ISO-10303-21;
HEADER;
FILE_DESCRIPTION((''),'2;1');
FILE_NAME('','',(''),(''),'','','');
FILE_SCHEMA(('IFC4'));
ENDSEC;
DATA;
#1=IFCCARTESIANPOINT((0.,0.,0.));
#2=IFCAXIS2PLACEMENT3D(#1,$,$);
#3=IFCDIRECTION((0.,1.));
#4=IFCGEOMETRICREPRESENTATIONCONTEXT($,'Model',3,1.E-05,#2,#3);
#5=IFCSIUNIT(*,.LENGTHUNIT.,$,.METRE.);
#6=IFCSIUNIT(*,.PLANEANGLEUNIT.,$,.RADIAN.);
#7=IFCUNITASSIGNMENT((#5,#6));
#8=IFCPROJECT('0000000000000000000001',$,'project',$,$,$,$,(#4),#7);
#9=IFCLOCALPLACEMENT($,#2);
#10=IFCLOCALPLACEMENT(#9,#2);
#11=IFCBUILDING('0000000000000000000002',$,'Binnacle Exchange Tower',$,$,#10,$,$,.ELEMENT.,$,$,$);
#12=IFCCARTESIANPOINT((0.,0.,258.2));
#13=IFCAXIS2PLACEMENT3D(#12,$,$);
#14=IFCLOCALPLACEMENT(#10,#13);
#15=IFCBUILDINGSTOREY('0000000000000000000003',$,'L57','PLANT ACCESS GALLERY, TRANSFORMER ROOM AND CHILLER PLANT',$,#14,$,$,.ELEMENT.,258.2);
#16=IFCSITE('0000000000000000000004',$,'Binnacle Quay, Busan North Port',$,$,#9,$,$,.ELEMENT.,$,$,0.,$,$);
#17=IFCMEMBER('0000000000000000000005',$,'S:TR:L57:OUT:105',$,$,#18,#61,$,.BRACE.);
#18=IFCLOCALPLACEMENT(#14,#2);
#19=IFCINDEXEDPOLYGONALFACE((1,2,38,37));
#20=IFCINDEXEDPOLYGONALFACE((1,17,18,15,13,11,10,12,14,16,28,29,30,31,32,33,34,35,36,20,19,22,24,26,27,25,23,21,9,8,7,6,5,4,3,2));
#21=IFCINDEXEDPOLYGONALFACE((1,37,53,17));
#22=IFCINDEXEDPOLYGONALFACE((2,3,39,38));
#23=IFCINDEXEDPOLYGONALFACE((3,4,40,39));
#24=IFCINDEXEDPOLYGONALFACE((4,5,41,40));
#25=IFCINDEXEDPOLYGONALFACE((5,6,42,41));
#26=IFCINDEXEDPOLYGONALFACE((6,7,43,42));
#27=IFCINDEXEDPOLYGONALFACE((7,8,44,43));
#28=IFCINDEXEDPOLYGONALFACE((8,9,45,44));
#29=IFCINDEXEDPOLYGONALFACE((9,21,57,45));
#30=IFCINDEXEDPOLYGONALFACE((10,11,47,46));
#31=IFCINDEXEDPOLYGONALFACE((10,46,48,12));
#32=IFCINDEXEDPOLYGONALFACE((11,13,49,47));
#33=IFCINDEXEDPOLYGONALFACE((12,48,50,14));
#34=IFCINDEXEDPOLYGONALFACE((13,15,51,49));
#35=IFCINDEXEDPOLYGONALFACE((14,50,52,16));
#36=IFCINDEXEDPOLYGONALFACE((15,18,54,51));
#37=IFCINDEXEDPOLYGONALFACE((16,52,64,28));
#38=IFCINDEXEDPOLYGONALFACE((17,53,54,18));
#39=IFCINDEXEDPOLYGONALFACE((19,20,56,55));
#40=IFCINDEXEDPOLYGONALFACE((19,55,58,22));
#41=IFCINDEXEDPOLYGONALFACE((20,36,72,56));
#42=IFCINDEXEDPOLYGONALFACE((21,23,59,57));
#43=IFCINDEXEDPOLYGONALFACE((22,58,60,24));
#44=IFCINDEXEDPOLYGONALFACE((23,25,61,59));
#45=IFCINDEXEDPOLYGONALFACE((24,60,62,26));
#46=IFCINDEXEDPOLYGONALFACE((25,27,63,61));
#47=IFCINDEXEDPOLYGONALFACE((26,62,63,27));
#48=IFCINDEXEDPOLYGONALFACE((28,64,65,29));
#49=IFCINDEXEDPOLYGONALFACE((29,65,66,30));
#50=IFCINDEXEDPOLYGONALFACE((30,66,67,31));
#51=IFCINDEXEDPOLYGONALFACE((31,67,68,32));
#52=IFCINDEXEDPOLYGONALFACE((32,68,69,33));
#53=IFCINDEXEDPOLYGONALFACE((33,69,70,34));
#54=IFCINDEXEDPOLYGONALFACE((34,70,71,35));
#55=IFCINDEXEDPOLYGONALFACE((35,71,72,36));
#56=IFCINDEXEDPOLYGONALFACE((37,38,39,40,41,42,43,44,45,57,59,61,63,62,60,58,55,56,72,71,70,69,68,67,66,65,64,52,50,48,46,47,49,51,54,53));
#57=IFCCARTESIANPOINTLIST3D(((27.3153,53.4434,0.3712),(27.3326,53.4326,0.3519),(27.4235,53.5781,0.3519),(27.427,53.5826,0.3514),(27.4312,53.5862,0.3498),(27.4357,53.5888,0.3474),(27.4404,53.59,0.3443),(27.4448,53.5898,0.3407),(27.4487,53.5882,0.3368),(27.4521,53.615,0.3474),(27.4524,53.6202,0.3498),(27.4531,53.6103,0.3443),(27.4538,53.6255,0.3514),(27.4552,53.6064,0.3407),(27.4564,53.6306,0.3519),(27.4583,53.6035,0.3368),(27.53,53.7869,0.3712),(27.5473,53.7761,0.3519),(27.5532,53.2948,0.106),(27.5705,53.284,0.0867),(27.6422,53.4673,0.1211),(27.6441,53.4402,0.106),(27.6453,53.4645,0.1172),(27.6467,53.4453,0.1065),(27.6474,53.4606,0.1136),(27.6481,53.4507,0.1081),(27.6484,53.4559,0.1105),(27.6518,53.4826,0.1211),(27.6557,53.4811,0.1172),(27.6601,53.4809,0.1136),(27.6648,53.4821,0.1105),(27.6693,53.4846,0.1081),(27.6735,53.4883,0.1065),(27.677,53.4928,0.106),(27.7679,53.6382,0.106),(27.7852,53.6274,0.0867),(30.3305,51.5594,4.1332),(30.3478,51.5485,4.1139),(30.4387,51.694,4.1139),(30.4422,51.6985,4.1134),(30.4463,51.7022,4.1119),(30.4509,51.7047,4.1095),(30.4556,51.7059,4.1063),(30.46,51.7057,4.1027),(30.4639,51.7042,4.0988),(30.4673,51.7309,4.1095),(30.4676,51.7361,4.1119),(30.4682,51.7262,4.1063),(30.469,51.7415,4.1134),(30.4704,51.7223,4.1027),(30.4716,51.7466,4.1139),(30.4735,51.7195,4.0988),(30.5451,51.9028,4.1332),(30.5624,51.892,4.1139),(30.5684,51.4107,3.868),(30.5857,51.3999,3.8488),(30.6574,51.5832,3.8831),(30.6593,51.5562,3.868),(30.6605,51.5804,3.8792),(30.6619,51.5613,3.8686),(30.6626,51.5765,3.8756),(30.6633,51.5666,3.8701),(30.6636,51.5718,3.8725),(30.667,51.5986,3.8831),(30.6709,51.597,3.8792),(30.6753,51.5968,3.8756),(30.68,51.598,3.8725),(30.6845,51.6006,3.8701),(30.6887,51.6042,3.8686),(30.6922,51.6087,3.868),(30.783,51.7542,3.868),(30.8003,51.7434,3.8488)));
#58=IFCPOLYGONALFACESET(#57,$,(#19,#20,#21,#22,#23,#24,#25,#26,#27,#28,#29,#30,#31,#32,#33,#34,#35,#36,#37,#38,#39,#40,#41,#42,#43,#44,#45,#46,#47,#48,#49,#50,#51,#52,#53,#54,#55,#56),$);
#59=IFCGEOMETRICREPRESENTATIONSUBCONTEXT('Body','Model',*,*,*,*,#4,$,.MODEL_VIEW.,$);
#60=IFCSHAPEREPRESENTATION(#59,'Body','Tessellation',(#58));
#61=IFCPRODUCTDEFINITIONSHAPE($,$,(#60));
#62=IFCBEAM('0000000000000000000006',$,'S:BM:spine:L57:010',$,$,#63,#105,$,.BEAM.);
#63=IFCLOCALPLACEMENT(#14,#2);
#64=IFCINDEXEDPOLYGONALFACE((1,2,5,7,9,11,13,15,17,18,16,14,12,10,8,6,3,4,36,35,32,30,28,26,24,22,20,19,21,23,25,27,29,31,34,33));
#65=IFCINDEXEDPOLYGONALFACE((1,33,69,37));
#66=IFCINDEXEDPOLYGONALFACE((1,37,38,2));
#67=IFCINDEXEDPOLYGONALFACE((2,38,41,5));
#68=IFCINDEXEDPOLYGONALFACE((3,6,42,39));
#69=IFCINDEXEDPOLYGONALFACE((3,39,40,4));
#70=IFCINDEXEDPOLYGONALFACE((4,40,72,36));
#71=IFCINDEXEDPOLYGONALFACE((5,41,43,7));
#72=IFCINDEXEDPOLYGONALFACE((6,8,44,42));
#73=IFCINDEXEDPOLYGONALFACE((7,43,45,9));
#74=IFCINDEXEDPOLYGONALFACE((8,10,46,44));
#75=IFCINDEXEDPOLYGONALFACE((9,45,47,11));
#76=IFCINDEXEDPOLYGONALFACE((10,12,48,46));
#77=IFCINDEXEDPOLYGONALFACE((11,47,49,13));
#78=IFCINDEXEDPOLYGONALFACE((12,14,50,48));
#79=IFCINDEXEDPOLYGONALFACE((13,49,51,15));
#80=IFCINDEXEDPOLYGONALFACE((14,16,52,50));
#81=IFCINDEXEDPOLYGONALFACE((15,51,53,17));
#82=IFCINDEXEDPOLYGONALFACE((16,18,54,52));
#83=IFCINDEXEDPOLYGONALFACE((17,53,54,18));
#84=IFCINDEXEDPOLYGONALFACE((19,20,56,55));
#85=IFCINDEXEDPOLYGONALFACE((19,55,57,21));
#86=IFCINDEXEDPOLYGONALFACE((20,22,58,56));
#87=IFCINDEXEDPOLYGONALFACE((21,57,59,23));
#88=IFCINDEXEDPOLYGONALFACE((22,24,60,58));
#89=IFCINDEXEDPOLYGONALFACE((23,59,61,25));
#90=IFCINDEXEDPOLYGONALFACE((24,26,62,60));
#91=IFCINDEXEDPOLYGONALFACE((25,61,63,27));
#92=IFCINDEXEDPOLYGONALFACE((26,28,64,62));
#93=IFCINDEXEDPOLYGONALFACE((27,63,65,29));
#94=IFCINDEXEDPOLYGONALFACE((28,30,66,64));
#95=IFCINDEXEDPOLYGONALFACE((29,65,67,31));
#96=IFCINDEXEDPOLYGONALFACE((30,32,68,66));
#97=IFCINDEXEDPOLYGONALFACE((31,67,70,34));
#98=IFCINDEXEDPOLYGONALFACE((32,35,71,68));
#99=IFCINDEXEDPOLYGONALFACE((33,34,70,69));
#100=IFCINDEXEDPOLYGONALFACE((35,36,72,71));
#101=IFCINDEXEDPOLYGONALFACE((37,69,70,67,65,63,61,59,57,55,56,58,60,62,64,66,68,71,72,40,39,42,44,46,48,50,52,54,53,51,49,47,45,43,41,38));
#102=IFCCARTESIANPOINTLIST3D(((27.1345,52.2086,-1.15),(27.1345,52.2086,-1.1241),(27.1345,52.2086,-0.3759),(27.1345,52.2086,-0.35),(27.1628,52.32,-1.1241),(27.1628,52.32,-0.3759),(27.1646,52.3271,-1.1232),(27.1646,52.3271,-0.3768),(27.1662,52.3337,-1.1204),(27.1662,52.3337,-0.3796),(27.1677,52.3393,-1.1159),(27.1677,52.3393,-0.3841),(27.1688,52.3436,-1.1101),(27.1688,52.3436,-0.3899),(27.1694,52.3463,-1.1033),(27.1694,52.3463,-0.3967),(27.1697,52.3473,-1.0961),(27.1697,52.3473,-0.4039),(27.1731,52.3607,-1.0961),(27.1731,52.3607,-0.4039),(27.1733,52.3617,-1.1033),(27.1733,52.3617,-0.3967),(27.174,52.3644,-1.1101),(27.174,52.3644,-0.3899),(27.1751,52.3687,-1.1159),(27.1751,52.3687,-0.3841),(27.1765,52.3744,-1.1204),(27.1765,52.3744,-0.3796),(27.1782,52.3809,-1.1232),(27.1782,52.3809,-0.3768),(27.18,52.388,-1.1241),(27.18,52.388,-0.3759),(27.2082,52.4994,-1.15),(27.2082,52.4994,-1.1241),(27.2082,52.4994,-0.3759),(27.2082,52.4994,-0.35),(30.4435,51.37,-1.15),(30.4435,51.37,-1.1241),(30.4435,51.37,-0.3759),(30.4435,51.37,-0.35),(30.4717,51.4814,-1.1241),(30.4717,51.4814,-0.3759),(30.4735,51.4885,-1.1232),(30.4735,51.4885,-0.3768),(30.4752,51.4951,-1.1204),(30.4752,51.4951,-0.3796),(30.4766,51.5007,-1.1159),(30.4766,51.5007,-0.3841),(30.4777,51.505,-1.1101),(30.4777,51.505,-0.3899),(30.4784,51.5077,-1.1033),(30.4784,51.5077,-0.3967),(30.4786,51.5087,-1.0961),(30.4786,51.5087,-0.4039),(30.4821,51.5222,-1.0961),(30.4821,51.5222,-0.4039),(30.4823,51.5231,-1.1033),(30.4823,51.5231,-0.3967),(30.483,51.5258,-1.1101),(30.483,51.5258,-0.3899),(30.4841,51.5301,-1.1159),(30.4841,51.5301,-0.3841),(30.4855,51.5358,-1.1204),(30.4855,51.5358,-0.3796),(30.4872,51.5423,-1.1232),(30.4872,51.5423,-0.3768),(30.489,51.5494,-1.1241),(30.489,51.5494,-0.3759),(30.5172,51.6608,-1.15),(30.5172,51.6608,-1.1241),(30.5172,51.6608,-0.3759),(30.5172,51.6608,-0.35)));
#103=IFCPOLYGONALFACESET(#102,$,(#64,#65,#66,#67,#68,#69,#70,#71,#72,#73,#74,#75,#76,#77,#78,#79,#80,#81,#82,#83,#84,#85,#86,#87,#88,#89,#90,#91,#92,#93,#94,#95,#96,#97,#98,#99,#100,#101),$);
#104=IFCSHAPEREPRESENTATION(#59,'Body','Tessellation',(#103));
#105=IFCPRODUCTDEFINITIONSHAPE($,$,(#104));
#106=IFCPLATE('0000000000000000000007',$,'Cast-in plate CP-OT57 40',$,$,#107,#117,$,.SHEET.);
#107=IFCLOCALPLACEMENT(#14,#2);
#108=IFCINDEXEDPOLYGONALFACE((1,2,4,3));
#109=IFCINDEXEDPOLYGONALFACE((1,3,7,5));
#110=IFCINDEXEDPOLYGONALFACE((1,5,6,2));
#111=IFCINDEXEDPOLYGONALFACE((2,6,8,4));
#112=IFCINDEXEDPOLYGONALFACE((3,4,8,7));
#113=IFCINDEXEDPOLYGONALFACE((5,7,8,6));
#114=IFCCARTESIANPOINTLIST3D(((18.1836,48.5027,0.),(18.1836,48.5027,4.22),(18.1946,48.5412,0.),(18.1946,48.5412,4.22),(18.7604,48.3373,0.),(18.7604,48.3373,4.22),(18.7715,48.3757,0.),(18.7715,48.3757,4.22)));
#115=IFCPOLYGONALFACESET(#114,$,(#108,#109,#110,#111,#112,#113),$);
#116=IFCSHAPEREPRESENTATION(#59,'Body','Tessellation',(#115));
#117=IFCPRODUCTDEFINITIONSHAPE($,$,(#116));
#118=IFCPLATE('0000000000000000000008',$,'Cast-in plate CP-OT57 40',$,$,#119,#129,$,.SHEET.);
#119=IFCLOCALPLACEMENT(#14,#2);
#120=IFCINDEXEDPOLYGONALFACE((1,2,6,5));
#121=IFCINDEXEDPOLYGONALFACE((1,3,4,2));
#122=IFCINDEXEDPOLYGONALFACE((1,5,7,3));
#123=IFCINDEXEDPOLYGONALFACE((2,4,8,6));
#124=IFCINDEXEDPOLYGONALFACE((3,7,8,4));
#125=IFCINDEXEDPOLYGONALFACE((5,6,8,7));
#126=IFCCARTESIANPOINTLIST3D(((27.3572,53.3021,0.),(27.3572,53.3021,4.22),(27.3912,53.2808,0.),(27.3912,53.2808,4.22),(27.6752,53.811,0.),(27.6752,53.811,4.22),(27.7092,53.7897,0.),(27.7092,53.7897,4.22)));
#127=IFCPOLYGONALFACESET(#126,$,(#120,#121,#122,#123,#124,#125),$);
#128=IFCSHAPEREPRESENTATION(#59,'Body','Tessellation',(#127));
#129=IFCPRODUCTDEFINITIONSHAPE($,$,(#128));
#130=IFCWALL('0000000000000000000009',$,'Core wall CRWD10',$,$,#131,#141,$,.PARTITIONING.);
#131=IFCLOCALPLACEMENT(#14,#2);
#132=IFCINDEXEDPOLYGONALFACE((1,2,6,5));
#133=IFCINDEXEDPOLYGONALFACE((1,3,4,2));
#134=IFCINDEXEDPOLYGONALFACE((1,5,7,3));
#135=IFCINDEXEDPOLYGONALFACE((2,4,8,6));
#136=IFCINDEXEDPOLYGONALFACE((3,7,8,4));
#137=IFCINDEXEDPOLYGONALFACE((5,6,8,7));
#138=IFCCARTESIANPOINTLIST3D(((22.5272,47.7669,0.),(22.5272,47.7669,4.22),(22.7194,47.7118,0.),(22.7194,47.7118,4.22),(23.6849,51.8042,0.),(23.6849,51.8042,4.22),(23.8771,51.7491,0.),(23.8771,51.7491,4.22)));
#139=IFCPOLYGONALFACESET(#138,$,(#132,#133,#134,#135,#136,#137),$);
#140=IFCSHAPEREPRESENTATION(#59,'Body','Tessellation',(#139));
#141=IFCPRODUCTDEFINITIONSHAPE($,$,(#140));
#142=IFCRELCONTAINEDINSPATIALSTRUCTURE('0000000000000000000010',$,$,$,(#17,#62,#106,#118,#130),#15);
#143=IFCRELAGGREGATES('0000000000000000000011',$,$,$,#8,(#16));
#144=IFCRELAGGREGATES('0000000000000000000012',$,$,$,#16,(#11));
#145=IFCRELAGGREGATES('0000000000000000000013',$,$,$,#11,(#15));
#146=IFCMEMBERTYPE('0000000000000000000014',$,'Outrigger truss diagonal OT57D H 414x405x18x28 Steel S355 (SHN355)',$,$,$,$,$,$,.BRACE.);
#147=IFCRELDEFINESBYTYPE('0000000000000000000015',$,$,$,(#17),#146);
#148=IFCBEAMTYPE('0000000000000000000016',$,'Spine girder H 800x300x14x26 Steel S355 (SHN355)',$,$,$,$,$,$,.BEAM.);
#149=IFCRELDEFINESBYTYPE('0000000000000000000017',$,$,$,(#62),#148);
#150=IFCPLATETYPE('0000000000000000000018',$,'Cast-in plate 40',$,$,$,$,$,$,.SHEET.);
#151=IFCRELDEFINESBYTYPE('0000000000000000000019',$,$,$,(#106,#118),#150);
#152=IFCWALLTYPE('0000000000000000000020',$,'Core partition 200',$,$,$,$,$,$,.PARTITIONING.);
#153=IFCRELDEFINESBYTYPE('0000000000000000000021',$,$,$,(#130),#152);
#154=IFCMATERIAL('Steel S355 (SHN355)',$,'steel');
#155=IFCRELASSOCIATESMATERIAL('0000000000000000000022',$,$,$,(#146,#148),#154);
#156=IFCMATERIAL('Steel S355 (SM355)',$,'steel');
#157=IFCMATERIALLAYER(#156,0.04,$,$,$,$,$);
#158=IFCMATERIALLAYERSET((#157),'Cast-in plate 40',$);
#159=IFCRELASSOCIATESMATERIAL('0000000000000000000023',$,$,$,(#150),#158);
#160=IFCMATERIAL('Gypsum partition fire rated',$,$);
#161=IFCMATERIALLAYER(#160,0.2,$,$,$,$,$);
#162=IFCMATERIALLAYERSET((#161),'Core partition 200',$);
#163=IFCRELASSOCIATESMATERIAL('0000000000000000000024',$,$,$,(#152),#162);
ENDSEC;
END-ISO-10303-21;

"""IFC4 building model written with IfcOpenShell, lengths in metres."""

from ifc_helpers import new_model, si_unit, direction, frame, frame_2d, origin, origin_2d, place, context, subcontext, project, spatial, rectangle, i_section, extrude, material, layer, layer_set, material_profile, profile_set, type_object, element, save


model = new_model("IFC4")

# Units and contexts
model_context = context("Model", 3, precision=1e-05, world=origin(), true_north=direction((0.0, 1.0)))
body_context = subcontext(model_context, "Body", "Model", "MODEL_VIEW")
ifc_project = project(units=[si_unit("LENGTHUNIT", "METRE"), si_unit("PLANEANGLEUNIT", "RADIAN")], contexts=[model_context])

# Site, building, storey
site_placement = place(None, origin())
site = spatial("IfcSite", under=ifc_project, at=site_placement, Name="Binnacle Quay, Busan North Port", CompositionType="ELEMENT", RefElevation=0.0)
building_placement = place(site_placement, origin())
building = spatial("IfcBuilding", under=site, at=building_placement, Name="Binnacle Exchange Tower", CompositionType="ELEMENT")
storey_placement = place(building_placement, frame((0.0, 0.0, 258.2)))
storey = spatial("IfcBuildingStorey", under=building, at=storey_placement, Name="L57", Description="PLANT ACCESS GALLERY, TRANSFORMER ROOM AND CHILLER PLANT", CompositionType="ELEMENT", Elevation=258.2)

# Shared definitions
ifc_material_1 = material(Name="Steel S355 (SHN355)", Category="steel")

# Member
ifc_material_profile_1 = material_profile(ifc_material_1, i_section(OverallWidth=0.405, OverallDepth=0.4141, WebThickness=0.0181, FlangeThickness=0.0281, FilletRadius=0.022, at=origin_2d()), Name="H 414x405x18x28")
ifc_profile_set_1 = profile_set([ifc_material_profile_1], Name="Steel S355 (SHN355)")
member_type_1 = type_object("IfcMemberType", Name="Outrigger truss diagonal OT57D H 414x405x18x28 Steel S355 (SHN355)", PredefinedType="BRACE", material=ifc_profile_set_1)
member_1_placement = place(storey_placement, frame((30.5654, 51.6514, 3.991), z_axis=(-0.582501, 0.36398, -0.726782), x_axis=(-0.529913, -0.848052, 0.0)))
element("IfcMember", 1, at=member_1_placement, inside=storey, type_object=member_type_1, Name="S:TR:L57:OUT:105", PredefinedType="BRACE", context=body_context, shape_type="SweptSolid", body=[
    extrude(i_section(OverallWidth=0.405, OverallDepth=0.4141, WebThickness=0.0181, FlangeThickness=0.0281, FilletRadius=0.022, at=origin_2d()), origin(), (0.0, 0.0, 1.0), 5.1763),
])

# Beam
ifc_material_profile_2 = material_profile(ifc_material_1, i_section(OverallWidth=0.3, OverallDepth=0.8, WebThickness=0.0139, FlangeThickness=0.0259, FilletRadius=0.0281, at=origin_2d()), Name="H 800x300x14x26")
ifc_profile_set_2 = profile_set([ifc_material_profile_2], Name="Steel S355 (SHN355)")
beam_type_1 = type_object("IfcBeamType", Name="Spine girder H 800x300x14x26 Steel S355 (SHN355)", PredefinedType="BEAM", material=ifc_profile_set_2)
beam_1_placement = place(storey_placement, frame((27.1714, 52.354, -0.75), z_axis=(0.969355, -0.245664, 0.0), x_axis=(0.245664, 0.969355, 0.0)))
element("IfcBeam", 2, at=beam_1_placement, inside=storey, type_object=beam_type_1, Name="S:BM:spine:L57:010", PredefinedType="BEAM", context=body_context, shape_type="SweptSolid", body=[
    extrude(i_section(OverallWidth=0.3, OverallDepth=0.8, WebThickness=0.0139, FlangeThickness=0.0259, FilletRadius=0.0281, at=origin_2d()), origin(), (0.0, 0.0, 1.0), 3.4136),
])

# Plates
ifc_material_2 = material(Name="Steel S355 (SM355)", Category="steel")
ifc_layer_1 = layer(ifc_material_2, 0.04)
ifc_layer_set_1 = layer_set([ifc_layer_1], Name="Cast-in plate 40")
plate_type = type_object("IfcPlateType", Name="Cast-in plate 40", PredefinedType="SHEET", material=ifc_layer_set_1)
for number, where, z_axis, x_axis, name in (
    (3, (18.4775, 48.4392, 0.0), (0.0, 0.0, 1.0), (0.275637, 0.961262, 0.0), "Cast-in plate CP-OT57 40"),
    (4, (27.5332, 53.5459, 0.0), (0.0, 0.0, 1.0), (-0.848048, 0.529919, 0.0), "Cast-in plate CP-OT57 40"),
):
    element("IfcPlate", number, at=place(storey_placement, frame(where, z_axis=z_axis, x_axis=x_axis)), inside=storey, type_object=plate_type, Name=name, PredefinedType="SHEET", context=body_context, shape_type="SweptSolid", body=[
        extrude(rectangle(XDim=0.04, YDim=0.6001, at=origin_2d()), origin(), (0.0, 0.0, 1.0), 4.22),
    ])

# Wall
ifc_material_3 = material(Name="Gypsum partition fire rated")
ifc_layer_2 = layer(ifc_material_3, 0.2)
ifc_layer_set_2 = layer_set([ifc_layer_2], Name="Core partition 200")
wall_type_1 = type_object("IfcWallType", Name="Core partition 200", PredefinedType="PARTITIONING", material=ifc_layer_set_2)
wall_1_placement = place(storey_placement, frame((22.6233, 47.7393, 0.0), z_axis=(0.0, 0.0, 1.0), x_axis=(0.275642, 0.96126, 0.0)))
element("IfcWall", 5, at=wall_1_placement, inside=storey, type_object=wall_type_1, Name="Core wall CRWD10", PredefinedType="PARTITIONING", context=body_context, shape_type="SweptSolid", body=[
    extrude(rectangle(XDim=4.2, YDim=0.2, at=frame_2d((2.1001, 0.0))), origin(), (0.0, 0.0, 1.0), 4.22),
])

save(model, "model.ifc")
